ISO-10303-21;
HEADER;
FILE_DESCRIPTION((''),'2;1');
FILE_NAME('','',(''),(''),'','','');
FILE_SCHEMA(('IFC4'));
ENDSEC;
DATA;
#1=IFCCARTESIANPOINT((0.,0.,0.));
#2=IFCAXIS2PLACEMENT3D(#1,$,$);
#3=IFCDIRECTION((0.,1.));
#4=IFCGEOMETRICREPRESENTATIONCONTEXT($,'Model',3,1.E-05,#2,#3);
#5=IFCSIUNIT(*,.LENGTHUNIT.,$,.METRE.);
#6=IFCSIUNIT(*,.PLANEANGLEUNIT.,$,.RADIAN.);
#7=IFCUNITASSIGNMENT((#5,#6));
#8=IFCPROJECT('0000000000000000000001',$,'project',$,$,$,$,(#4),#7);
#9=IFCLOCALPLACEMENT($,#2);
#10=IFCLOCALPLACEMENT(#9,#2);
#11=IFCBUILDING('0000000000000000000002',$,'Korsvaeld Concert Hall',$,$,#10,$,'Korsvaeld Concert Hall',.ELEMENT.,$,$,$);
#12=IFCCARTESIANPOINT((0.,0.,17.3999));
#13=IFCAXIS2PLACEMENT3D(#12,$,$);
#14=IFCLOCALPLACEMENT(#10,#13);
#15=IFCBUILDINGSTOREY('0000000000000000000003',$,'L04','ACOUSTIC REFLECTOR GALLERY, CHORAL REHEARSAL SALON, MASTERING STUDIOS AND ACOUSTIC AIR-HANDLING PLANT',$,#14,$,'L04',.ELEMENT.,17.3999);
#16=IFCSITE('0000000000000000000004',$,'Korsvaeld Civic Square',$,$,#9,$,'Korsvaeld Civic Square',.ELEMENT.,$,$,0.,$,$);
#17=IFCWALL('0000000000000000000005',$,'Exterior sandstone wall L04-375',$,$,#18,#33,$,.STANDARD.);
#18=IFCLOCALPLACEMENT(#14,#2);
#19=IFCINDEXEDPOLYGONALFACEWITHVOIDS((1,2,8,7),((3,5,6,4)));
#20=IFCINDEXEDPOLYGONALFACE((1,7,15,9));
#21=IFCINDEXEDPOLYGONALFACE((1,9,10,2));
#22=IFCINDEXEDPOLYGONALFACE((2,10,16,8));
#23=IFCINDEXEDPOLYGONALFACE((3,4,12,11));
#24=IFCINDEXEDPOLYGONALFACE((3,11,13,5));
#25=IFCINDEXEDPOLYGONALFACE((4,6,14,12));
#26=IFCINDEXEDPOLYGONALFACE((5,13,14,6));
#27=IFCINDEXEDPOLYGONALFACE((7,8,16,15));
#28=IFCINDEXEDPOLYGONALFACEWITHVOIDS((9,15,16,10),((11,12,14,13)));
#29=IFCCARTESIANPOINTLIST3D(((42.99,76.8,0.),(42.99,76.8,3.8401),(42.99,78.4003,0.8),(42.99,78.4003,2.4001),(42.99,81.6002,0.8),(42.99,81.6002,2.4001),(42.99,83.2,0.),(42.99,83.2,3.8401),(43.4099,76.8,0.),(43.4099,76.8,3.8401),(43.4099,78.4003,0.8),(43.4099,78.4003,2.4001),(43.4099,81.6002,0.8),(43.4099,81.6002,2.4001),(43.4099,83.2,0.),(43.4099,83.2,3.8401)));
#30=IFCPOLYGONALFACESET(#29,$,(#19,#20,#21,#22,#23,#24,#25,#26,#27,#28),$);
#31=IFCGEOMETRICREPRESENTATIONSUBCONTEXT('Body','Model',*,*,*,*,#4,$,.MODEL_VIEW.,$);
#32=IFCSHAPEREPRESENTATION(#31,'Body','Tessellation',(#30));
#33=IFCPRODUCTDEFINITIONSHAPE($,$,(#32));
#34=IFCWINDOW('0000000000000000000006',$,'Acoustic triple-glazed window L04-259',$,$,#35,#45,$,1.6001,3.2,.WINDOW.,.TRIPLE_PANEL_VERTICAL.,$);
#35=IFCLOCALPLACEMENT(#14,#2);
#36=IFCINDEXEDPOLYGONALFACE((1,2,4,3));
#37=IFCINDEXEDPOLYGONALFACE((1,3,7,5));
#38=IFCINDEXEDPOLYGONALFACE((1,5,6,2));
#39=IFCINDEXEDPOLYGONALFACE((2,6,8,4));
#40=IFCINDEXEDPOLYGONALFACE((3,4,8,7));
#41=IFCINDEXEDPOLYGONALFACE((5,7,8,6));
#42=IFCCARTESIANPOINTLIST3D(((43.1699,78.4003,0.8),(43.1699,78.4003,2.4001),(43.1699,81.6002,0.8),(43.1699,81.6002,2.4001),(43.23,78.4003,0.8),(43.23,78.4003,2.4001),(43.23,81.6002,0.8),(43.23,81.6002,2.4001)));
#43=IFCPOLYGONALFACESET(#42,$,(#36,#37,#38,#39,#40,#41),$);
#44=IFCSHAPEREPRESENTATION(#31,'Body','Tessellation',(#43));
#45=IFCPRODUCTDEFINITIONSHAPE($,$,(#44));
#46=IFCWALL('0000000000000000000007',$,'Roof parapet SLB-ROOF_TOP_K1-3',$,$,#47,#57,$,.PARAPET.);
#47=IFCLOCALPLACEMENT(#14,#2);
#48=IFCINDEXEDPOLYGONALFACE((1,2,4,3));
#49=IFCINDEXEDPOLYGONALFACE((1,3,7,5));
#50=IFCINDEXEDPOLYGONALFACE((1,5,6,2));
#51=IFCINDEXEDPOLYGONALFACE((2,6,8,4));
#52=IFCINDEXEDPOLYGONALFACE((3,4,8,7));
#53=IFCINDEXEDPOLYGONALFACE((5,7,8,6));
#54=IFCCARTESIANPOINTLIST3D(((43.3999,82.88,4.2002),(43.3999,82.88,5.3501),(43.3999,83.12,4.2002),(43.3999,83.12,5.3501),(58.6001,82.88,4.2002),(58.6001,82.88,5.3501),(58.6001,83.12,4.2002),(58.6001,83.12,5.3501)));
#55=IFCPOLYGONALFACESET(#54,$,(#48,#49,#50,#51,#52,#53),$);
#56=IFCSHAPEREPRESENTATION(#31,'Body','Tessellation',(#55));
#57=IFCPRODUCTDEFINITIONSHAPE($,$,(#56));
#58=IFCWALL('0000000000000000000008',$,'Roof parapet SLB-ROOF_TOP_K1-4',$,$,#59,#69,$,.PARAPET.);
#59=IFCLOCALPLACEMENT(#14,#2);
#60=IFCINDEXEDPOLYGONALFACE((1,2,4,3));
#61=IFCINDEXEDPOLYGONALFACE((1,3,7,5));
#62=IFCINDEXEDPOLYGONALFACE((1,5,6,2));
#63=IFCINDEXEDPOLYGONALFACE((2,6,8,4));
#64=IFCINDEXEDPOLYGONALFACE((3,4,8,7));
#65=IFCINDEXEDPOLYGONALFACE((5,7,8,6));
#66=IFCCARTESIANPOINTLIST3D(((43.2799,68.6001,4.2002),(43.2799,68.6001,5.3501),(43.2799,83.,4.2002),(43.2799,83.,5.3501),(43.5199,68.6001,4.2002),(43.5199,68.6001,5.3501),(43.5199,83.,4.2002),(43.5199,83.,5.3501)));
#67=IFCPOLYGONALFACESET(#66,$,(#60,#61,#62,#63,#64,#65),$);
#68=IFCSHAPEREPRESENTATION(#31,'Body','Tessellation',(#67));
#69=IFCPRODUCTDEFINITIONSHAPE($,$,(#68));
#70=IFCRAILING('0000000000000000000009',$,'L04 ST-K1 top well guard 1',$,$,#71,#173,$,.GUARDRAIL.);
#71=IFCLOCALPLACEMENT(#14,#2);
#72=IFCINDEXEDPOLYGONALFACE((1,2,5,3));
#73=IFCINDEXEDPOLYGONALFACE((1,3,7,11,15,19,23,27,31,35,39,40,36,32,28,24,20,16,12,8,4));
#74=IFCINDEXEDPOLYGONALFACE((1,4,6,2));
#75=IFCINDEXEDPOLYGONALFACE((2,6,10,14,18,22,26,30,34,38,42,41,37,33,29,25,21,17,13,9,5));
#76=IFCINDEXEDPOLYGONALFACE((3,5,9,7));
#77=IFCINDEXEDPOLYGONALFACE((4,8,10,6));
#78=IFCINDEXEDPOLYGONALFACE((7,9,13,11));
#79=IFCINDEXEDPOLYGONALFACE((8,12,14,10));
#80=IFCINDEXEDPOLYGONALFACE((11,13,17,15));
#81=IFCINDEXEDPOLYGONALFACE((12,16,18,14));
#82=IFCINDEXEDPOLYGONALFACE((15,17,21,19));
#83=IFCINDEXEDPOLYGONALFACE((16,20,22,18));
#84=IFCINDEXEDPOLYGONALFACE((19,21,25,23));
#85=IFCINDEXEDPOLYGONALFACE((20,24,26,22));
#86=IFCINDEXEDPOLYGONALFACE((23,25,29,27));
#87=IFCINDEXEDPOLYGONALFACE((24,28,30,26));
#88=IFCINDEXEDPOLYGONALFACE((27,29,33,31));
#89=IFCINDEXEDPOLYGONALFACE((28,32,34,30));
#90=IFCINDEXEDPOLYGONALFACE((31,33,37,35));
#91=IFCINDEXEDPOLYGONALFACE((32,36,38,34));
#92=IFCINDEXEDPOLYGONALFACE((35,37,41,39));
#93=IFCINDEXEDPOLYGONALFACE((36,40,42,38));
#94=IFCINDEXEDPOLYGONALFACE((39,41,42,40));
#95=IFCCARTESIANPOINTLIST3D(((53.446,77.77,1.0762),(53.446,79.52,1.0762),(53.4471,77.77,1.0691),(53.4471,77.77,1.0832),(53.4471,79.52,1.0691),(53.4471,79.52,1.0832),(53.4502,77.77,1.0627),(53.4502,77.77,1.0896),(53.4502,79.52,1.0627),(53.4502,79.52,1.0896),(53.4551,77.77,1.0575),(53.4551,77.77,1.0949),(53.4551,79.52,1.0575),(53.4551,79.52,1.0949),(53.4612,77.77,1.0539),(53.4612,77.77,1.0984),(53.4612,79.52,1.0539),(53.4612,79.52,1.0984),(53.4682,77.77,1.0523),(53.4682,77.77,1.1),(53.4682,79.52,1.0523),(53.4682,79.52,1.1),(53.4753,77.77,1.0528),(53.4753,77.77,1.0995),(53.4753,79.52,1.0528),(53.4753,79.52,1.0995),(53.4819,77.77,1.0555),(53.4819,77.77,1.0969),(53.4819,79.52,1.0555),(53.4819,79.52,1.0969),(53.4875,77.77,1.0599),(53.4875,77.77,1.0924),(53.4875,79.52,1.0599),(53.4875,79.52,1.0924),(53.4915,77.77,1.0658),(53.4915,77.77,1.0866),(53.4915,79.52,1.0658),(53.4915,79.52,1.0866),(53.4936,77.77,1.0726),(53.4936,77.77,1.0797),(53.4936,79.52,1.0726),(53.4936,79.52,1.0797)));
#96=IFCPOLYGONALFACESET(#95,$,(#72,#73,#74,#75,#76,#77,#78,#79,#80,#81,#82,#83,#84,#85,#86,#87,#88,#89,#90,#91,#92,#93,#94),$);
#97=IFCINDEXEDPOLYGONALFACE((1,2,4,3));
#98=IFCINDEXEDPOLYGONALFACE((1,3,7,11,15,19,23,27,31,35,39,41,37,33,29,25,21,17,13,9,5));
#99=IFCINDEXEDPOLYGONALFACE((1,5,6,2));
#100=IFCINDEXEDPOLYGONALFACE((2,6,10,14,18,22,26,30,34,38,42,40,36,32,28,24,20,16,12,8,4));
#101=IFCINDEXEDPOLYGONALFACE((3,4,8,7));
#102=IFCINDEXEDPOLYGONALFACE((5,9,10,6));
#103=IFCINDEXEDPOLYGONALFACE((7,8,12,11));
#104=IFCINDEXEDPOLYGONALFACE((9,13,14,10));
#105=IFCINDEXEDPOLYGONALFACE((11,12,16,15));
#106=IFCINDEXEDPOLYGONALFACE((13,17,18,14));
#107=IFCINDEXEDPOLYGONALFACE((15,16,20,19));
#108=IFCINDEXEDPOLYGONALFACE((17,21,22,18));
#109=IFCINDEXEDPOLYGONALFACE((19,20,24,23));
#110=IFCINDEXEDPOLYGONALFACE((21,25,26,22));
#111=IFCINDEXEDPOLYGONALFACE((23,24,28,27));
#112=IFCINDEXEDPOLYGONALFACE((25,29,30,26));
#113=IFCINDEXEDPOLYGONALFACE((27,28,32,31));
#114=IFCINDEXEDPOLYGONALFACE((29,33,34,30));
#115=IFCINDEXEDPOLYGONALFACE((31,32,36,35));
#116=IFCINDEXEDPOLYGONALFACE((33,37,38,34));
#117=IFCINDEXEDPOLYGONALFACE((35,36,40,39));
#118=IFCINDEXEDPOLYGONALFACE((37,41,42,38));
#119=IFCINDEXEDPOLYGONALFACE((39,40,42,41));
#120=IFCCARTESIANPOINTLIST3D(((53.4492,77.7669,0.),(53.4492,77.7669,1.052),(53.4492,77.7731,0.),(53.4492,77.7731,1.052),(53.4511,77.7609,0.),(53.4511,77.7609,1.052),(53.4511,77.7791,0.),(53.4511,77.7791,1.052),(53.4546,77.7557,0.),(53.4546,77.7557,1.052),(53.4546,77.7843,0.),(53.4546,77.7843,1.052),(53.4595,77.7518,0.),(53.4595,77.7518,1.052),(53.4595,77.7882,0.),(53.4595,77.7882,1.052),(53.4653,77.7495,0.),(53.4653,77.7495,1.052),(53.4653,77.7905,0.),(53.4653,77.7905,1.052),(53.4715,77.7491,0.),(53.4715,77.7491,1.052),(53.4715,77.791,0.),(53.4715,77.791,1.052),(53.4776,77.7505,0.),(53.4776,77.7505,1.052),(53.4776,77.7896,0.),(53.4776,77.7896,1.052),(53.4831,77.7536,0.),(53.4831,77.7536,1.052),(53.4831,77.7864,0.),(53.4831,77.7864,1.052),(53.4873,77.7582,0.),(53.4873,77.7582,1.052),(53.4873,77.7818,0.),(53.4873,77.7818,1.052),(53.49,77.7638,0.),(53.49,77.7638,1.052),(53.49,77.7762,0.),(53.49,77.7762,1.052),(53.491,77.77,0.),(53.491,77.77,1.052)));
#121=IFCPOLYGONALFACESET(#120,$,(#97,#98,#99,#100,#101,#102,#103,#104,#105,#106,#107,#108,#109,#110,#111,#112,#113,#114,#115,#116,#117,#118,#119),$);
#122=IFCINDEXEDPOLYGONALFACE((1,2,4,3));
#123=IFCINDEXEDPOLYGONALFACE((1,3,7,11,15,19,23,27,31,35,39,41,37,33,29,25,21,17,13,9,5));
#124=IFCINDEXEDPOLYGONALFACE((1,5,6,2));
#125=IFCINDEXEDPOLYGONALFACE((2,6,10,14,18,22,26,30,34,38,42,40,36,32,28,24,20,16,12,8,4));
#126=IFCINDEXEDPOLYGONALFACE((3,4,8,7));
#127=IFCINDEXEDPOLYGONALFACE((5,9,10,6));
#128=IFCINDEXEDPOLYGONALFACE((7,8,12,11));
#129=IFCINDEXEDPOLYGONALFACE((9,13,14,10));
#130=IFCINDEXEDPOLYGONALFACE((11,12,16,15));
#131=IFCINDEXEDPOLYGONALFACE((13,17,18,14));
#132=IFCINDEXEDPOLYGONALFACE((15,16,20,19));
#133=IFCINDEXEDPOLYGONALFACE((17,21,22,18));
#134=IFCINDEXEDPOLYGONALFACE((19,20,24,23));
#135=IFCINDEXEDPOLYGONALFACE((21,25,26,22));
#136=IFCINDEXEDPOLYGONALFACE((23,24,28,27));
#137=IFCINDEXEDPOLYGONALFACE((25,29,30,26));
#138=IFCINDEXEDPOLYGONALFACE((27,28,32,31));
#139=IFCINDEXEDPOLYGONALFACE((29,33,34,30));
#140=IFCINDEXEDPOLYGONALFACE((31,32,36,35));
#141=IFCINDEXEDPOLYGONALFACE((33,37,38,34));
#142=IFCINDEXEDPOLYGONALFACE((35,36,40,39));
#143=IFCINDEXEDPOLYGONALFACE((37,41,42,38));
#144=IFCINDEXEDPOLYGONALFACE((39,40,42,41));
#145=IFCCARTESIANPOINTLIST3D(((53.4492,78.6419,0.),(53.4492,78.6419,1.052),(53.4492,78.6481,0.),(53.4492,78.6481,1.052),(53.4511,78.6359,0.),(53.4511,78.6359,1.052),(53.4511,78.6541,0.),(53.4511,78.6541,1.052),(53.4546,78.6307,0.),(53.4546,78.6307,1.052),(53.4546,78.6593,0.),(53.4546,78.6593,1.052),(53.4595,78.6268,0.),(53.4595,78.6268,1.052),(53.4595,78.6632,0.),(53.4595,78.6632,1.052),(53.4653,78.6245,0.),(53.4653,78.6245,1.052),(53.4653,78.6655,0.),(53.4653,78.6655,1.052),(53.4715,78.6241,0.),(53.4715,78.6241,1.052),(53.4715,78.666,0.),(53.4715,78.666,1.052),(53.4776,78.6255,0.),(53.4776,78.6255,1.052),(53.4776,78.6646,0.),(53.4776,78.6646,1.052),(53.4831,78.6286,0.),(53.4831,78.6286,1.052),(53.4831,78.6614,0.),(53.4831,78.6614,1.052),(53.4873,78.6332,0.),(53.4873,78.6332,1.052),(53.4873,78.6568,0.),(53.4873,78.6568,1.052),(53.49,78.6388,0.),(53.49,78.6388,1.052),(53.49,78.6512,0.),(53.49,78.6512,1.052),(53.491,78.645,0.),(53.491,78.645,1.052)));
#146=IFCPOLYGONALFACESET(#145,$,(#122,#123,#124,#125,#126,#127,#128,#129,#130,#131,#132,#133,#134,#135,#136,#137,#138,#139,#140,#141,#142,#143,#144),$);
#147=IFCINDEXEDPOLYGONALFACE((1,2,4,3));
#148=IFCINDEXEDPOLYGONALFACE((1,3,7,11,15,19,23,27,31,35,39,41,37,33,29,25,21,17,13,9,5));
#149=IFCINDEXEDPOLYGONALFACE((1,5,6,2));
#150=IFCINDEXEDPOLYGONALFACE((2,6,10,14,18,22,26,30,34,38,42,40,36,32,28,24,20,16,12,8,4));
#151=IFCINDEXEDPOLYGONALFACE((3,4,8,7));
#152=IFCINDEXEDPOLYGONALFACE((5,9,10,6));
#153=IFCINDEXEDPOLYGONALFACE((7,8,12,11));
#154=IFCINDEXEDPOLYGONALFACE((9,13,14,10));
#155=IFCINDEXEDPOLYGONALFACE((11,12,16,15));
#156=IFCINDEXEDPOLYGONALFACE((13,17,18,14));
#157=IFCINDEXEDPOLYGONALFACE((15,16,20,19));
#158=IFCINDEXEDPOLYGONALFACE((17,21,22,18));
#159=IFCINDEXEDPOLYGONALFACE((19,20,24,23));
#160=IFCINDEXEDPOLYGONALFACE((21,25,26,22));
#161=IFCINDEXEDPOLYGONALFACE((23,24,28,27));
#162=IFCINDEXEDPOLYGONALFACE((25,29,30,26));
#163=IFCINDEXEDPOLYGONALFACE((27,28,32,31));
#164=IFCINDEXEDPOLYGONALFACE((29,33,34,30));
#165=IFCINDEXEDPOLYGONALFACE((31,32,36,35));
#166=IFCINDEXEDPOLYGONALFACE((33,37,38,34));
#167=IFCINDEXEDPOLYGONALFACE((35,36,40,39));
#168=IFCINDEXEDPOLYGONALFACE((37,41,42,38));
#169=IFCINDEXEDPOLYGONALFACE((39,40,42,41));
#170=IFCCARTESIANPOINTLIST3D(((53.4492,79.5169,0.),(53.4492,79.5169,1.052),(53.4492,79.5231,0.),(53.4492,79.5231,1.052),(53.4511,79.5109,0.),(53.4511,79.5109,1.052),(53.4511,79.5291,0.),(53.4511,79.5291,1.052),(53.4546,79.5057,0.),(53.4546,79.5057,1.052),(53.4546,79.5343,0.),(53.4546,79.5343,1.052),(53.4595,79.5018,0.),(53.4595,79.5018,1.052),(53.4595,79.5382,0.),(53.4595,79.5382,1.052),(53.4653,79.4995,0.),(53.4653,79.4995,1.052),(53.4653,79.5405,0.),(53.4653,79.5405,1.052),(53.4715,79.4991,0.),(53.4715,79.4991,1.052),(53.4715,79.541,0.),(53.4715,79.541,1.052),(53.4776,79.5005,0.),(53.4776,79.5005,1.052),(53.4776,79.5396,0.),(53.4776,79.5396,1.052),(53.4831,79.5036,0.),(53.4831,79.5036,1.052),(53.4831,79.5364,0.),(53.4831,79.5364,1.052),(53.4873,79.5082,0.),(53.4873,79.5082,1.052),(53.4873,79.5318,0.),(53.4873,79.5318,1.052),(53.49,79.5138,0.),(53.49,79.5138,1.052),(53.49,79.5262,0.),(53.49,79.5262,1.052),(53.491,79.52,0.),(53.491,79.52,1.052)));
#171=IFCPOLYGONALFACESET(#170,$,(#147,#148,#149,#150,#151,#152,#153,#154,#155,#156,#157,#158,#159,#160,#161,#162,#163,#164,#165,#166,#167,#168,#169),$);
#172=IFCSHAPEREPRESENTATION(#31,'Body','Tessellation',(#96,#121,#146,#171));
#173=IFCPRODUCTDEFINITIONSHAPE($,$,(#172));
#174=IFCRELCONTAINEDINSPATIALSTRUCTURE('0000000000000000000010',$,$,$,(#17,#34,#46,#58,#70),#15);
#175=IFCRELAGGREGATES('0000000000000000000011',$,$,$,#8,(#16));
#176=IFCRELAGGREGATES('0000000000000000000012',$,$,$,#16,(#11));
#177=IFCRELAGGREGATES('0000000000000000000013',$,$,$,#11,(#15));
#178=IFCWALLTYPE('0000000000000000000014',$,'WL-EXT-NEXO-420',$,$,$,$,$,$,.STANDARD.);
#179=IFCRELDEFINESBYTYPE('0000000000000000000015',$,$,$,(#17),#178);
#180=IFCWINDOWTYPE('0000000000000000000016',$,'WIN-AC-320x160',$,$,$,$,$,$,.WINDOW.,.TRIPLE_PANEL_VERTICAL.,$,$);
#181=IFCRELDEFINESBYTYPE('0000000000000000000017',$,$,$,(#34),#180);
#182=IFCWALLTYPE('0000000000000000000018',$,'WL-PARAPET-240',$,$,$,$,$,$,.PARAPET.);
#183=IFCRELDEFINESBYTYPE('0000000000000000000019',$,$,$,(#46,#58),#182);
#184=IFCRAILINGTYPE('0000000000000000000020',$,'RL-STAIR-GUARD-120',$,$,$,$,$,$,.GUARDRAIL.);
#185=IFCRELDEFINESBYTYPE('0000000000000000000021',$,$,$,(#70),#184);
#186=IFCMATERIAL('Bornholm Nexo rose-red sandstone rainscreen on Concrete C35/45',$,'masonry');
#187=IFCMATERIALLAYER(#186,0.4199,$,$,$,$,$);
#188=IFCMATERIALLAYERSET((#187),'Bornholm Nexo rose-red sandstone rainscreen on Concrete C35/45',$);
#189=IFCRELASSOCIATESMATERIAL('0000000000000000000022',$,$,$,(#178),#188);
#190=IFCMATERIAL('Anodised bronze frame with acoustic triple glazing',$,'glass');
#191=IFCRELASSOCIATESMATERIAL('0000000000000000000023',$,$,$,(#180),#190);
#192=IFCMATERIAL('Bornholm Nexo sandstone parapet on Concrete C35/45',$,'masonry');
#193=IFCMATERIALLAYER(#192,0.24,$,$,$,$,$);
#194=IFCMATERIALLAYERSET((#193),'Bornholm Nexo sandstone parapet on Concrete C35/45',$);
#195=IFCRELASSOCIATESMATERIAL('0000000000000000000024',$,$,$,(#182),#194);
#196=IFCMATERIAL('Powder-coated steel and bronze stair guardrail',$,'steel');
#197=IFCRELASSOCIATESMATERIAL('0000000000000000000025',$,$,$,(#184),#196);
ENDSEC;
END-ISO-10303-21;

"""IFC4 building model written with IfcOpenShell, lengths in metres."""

from ifc_helpers import new_model, si_unit, direction, frame, frame_2d, origin, origin_2d, place, context, subcontext, project, spatial, rectangle, circle, extrude, material, layer, layer_set, type_object, element, fill, save


model = new_model("IFC4")

# Units and contexts
model_context = context("Model", 3, precision=1e-05, world=origin(), true_north=direction((0.0, 1.0)))
body_context = subcontext(model_context, "Body", "Model", "MODEL_VIEW")
ifc_project = project(units=[si_unit("LENGTHUNIT", "METRE"), si_unit("PLANEANGLEUNIT", "RADIAN")], contexts=[model_context])

# Site, building, storey
site_placement = place(None, origin())
site = spatial("IfcSite", under=ifc_project, at=site_placement, Name="Korsvaeld Civic Square", LongName="Korsvaeld Civic Square", CompositionType="ELEMENT", RefElevation=0.0)
building_placement = place(site_placement, origin())
building = spatial("IfcBuilding", under=site, at=building_placement, Name="Korsvaeld Concert Hall", LongName="Korsvaeld Concert Hall", CompositionType="ELEMENT")
storey_placement = place(building_placement, frame((0.0, 0.0, 17.3999)))
storey = spatial("IfcBuildingStorey", under=building, at=storey_placement, Name="L04", Description="ACOUSTIC REFLECTOR GALLERY, CHORAL REHEARSAL SALON, MASTERING STUDIOS AND ACOUSTIC AIR-HANDLING PLANT", LongName="L04", CompositionType="ELEMENT", Elevation=17.3999)

# Shared definitions
ifc_material_1 = material(Name="Bornholm Nexo rose-red sandstone rainscreen on Concrete C35/45", Category="masonry")
ifc_layer_1 = layer(ifc_material_1, 0.4199)
ifc_layer_set_1 = layer_set([ifc_layer_1], Name="Bornholm Nexo rose-red sandstone rainscreen on Concrete C35/45")
wall_type_1 = type_object("IfcWallType", Name="WL-EXT-NEXO-420", PredefinedType="STANDARD", material=ifc_layer_set_1)

# Wall, opening, window
wall_1_placement = place(storey_placement, frame((43.2, 76.8, 0.0), z_axis=(0.0, 0.0, 1.0), x_axis=(0.0, 1.0, 0.0)))
wall_1 = element("IfcWall", 1, at=wall_1_placement, inside=storey, type_object=wall_type_1, Name="Exterior sandstone wall L04-375", PredefinedType="STANDARD", context=body_context, shape_type="SweptSolid", body=[
    extrude(rectangle(XDim=6.3999, YDim=0.4199, at=frame_2d((3.2, 0.0))), origin(), (0.0, 0.0, 1.0), 3.8401),
])
opening_1_placement = place(wall_1_placement, frame((1.6001, 0.0, 0.8)))
opening_1 = element("IfcOpeningElement", 2, at=opening_1_placement, cuts=wall_1, PredefinedType="OPENING", context=body_context, shape_type="SweptSolid", body=[
    extrude(rectangle(XDim=3.2, YDim=1.6001, at=frame_2d((1.6001, 0.8))), frame((0.0, 0.22, 0.0), z_axis=(0.0, -1.0, 0.0), x_axis=(1.0, 0.0, 0.0)), (0.0, 0.0, 1.0), 0.4399),
])
ifc_material_2 = material(Name="Anodised bronze frame with acoustic triple glazing", Category="glass")
window_type = type_object("IfcWindowType", Name="WIN-AC-320x160", PartitioningType="TRIPLE_PANEL_VERTICAL", PredefinedType="WINDOW", material=ifc_material_2)
window_placement = place(opening_1_placement, origin())
window = element("IfcWindow", 3, at=window_placement, inside=storey, type_object=window_type, Name="Acoustic triple-glazed window L04-259", OverallHeight=1.6001, OverallWidth=3.2, PartitioningType="TRIPLE_PANEL_VERTICAL", PredefinedType="WINDOW", context=body_context, shape_type="SweptSolid", body=[
    extrude(rectangle(XDim=3.2, YDim=1.6001, at=frame_2d((1.6001, 0.8))), frame((0.0, 0.03, 0.0), z_axis=(0.0, -1.0, 0.0), x_axis=(1.0, 0.0, 0.0)), (0.0, 0.0, 1.0), 0.0601),
])
fill(opening_1, window)

# Walls
ifc_material_3 = material(Name="Bornholm Nexo sandstone parapet on Concrete C35/45", Category="masonry")
ifc_layer_2 = layer(ifc_material_3, 0.24)
ifc_layer_set_2 = layer_set([ifc_layer_2], Name="Bornholm Nexo sandstone parapet on Concrete C35/45")
wall_type_2 = type_object("IfcWallType", Name="WL-PARAPET-240", PredefinedType="PARAPET", material=ifc_layer_set_2)
wall_2_placement = place(storey_placement, frame((58.6001, 83.0, 4.2002), z_axis=(0.0, 0.0, 1.0), x_axis=(-1.0, 0.0, 0.0)))
element("IfcWall", 4, at=wall_2_placement, inside=storey, type_object=wall_type_2, Name="Roof parapet SLB-ROOF_TOP_K1-3", PredefinedType="PARAPET", context=body_context, shape_type="SweptSolid", body=[
    extrude(rectangle(XDim=15.2002, YDim=0.24, at=frame_2d((7.6001, 0.0))), origin(), (0.0, 0.0, 1.0), 1.1499),
])
wall_3_placement = place(storey_placement, frame((43.3999, 83.0, 4.2002), z_axis=(0.0, 0.0, 1.0), x_axis=(0.0, -1.0, 0.0)))
element("IfcWall", 5, at=wall_3_placement, inside=storey, type_object=wall_type_2, Name="Roof parapet SLB-ROOF_TOP_K1-4", PredefinedType="PARAPET", context=body_context, shape_type="SweptSolid", body=[
    extrude(rectangle(XDim=14.3999, YDim=0.24, at=frame_2d((7.2, 0.0))), origin(), (0.0, 0.0, 1.0), 1.1499),
])

# Railing
ifc_material_4 = material(Name="Powder-coated steel and bronze stair guardrail", Category="steel")
railing_type_1 = type_object("IfcRailingType", Name="RL-STAIR-GUARD-120", PredefinedType="GUARDRAIL", material=ifc_material_4)
railing_1_placement = place(storey_placement, frame((53.47, 77.77, 0.0)))
element("IfcRailing", 6, at=railing_1_placement, inside=storey, type_object=railing_type_1, Name="L04 ST-K1 top well guard 1", PredefinedType="GUARDRAIL", context=body_context, shape_type="SweptSolid", body=[
    extrude(circle(Radius=0.0239, at=origin_2d()), frame((0.0, 0.0, 1.0762), z_axis=(0.0, 1.0, 0.0), x_axis=(-1.0, 0.0, 0.0)), (0.0, 0.0, 1.0), 1.75),
    extrude(circle(Radius=0.021, at=origin_2d()), origin(), (0.0, 0.0, 1.0), 1.052),
    extrude(circle(Radius=0.021, at=origin_2d()), frame((0.0, 0.875, 0.0)), (0.0, 0.0, 1.0), 1.052),
    extrude(circle(Radius=0.021, at=origin_2d()), frame((0.0, 1.75, 0.0)), (0.0, 0.0, 1.0), 1.052),
])

save(model, "model.ifc")
